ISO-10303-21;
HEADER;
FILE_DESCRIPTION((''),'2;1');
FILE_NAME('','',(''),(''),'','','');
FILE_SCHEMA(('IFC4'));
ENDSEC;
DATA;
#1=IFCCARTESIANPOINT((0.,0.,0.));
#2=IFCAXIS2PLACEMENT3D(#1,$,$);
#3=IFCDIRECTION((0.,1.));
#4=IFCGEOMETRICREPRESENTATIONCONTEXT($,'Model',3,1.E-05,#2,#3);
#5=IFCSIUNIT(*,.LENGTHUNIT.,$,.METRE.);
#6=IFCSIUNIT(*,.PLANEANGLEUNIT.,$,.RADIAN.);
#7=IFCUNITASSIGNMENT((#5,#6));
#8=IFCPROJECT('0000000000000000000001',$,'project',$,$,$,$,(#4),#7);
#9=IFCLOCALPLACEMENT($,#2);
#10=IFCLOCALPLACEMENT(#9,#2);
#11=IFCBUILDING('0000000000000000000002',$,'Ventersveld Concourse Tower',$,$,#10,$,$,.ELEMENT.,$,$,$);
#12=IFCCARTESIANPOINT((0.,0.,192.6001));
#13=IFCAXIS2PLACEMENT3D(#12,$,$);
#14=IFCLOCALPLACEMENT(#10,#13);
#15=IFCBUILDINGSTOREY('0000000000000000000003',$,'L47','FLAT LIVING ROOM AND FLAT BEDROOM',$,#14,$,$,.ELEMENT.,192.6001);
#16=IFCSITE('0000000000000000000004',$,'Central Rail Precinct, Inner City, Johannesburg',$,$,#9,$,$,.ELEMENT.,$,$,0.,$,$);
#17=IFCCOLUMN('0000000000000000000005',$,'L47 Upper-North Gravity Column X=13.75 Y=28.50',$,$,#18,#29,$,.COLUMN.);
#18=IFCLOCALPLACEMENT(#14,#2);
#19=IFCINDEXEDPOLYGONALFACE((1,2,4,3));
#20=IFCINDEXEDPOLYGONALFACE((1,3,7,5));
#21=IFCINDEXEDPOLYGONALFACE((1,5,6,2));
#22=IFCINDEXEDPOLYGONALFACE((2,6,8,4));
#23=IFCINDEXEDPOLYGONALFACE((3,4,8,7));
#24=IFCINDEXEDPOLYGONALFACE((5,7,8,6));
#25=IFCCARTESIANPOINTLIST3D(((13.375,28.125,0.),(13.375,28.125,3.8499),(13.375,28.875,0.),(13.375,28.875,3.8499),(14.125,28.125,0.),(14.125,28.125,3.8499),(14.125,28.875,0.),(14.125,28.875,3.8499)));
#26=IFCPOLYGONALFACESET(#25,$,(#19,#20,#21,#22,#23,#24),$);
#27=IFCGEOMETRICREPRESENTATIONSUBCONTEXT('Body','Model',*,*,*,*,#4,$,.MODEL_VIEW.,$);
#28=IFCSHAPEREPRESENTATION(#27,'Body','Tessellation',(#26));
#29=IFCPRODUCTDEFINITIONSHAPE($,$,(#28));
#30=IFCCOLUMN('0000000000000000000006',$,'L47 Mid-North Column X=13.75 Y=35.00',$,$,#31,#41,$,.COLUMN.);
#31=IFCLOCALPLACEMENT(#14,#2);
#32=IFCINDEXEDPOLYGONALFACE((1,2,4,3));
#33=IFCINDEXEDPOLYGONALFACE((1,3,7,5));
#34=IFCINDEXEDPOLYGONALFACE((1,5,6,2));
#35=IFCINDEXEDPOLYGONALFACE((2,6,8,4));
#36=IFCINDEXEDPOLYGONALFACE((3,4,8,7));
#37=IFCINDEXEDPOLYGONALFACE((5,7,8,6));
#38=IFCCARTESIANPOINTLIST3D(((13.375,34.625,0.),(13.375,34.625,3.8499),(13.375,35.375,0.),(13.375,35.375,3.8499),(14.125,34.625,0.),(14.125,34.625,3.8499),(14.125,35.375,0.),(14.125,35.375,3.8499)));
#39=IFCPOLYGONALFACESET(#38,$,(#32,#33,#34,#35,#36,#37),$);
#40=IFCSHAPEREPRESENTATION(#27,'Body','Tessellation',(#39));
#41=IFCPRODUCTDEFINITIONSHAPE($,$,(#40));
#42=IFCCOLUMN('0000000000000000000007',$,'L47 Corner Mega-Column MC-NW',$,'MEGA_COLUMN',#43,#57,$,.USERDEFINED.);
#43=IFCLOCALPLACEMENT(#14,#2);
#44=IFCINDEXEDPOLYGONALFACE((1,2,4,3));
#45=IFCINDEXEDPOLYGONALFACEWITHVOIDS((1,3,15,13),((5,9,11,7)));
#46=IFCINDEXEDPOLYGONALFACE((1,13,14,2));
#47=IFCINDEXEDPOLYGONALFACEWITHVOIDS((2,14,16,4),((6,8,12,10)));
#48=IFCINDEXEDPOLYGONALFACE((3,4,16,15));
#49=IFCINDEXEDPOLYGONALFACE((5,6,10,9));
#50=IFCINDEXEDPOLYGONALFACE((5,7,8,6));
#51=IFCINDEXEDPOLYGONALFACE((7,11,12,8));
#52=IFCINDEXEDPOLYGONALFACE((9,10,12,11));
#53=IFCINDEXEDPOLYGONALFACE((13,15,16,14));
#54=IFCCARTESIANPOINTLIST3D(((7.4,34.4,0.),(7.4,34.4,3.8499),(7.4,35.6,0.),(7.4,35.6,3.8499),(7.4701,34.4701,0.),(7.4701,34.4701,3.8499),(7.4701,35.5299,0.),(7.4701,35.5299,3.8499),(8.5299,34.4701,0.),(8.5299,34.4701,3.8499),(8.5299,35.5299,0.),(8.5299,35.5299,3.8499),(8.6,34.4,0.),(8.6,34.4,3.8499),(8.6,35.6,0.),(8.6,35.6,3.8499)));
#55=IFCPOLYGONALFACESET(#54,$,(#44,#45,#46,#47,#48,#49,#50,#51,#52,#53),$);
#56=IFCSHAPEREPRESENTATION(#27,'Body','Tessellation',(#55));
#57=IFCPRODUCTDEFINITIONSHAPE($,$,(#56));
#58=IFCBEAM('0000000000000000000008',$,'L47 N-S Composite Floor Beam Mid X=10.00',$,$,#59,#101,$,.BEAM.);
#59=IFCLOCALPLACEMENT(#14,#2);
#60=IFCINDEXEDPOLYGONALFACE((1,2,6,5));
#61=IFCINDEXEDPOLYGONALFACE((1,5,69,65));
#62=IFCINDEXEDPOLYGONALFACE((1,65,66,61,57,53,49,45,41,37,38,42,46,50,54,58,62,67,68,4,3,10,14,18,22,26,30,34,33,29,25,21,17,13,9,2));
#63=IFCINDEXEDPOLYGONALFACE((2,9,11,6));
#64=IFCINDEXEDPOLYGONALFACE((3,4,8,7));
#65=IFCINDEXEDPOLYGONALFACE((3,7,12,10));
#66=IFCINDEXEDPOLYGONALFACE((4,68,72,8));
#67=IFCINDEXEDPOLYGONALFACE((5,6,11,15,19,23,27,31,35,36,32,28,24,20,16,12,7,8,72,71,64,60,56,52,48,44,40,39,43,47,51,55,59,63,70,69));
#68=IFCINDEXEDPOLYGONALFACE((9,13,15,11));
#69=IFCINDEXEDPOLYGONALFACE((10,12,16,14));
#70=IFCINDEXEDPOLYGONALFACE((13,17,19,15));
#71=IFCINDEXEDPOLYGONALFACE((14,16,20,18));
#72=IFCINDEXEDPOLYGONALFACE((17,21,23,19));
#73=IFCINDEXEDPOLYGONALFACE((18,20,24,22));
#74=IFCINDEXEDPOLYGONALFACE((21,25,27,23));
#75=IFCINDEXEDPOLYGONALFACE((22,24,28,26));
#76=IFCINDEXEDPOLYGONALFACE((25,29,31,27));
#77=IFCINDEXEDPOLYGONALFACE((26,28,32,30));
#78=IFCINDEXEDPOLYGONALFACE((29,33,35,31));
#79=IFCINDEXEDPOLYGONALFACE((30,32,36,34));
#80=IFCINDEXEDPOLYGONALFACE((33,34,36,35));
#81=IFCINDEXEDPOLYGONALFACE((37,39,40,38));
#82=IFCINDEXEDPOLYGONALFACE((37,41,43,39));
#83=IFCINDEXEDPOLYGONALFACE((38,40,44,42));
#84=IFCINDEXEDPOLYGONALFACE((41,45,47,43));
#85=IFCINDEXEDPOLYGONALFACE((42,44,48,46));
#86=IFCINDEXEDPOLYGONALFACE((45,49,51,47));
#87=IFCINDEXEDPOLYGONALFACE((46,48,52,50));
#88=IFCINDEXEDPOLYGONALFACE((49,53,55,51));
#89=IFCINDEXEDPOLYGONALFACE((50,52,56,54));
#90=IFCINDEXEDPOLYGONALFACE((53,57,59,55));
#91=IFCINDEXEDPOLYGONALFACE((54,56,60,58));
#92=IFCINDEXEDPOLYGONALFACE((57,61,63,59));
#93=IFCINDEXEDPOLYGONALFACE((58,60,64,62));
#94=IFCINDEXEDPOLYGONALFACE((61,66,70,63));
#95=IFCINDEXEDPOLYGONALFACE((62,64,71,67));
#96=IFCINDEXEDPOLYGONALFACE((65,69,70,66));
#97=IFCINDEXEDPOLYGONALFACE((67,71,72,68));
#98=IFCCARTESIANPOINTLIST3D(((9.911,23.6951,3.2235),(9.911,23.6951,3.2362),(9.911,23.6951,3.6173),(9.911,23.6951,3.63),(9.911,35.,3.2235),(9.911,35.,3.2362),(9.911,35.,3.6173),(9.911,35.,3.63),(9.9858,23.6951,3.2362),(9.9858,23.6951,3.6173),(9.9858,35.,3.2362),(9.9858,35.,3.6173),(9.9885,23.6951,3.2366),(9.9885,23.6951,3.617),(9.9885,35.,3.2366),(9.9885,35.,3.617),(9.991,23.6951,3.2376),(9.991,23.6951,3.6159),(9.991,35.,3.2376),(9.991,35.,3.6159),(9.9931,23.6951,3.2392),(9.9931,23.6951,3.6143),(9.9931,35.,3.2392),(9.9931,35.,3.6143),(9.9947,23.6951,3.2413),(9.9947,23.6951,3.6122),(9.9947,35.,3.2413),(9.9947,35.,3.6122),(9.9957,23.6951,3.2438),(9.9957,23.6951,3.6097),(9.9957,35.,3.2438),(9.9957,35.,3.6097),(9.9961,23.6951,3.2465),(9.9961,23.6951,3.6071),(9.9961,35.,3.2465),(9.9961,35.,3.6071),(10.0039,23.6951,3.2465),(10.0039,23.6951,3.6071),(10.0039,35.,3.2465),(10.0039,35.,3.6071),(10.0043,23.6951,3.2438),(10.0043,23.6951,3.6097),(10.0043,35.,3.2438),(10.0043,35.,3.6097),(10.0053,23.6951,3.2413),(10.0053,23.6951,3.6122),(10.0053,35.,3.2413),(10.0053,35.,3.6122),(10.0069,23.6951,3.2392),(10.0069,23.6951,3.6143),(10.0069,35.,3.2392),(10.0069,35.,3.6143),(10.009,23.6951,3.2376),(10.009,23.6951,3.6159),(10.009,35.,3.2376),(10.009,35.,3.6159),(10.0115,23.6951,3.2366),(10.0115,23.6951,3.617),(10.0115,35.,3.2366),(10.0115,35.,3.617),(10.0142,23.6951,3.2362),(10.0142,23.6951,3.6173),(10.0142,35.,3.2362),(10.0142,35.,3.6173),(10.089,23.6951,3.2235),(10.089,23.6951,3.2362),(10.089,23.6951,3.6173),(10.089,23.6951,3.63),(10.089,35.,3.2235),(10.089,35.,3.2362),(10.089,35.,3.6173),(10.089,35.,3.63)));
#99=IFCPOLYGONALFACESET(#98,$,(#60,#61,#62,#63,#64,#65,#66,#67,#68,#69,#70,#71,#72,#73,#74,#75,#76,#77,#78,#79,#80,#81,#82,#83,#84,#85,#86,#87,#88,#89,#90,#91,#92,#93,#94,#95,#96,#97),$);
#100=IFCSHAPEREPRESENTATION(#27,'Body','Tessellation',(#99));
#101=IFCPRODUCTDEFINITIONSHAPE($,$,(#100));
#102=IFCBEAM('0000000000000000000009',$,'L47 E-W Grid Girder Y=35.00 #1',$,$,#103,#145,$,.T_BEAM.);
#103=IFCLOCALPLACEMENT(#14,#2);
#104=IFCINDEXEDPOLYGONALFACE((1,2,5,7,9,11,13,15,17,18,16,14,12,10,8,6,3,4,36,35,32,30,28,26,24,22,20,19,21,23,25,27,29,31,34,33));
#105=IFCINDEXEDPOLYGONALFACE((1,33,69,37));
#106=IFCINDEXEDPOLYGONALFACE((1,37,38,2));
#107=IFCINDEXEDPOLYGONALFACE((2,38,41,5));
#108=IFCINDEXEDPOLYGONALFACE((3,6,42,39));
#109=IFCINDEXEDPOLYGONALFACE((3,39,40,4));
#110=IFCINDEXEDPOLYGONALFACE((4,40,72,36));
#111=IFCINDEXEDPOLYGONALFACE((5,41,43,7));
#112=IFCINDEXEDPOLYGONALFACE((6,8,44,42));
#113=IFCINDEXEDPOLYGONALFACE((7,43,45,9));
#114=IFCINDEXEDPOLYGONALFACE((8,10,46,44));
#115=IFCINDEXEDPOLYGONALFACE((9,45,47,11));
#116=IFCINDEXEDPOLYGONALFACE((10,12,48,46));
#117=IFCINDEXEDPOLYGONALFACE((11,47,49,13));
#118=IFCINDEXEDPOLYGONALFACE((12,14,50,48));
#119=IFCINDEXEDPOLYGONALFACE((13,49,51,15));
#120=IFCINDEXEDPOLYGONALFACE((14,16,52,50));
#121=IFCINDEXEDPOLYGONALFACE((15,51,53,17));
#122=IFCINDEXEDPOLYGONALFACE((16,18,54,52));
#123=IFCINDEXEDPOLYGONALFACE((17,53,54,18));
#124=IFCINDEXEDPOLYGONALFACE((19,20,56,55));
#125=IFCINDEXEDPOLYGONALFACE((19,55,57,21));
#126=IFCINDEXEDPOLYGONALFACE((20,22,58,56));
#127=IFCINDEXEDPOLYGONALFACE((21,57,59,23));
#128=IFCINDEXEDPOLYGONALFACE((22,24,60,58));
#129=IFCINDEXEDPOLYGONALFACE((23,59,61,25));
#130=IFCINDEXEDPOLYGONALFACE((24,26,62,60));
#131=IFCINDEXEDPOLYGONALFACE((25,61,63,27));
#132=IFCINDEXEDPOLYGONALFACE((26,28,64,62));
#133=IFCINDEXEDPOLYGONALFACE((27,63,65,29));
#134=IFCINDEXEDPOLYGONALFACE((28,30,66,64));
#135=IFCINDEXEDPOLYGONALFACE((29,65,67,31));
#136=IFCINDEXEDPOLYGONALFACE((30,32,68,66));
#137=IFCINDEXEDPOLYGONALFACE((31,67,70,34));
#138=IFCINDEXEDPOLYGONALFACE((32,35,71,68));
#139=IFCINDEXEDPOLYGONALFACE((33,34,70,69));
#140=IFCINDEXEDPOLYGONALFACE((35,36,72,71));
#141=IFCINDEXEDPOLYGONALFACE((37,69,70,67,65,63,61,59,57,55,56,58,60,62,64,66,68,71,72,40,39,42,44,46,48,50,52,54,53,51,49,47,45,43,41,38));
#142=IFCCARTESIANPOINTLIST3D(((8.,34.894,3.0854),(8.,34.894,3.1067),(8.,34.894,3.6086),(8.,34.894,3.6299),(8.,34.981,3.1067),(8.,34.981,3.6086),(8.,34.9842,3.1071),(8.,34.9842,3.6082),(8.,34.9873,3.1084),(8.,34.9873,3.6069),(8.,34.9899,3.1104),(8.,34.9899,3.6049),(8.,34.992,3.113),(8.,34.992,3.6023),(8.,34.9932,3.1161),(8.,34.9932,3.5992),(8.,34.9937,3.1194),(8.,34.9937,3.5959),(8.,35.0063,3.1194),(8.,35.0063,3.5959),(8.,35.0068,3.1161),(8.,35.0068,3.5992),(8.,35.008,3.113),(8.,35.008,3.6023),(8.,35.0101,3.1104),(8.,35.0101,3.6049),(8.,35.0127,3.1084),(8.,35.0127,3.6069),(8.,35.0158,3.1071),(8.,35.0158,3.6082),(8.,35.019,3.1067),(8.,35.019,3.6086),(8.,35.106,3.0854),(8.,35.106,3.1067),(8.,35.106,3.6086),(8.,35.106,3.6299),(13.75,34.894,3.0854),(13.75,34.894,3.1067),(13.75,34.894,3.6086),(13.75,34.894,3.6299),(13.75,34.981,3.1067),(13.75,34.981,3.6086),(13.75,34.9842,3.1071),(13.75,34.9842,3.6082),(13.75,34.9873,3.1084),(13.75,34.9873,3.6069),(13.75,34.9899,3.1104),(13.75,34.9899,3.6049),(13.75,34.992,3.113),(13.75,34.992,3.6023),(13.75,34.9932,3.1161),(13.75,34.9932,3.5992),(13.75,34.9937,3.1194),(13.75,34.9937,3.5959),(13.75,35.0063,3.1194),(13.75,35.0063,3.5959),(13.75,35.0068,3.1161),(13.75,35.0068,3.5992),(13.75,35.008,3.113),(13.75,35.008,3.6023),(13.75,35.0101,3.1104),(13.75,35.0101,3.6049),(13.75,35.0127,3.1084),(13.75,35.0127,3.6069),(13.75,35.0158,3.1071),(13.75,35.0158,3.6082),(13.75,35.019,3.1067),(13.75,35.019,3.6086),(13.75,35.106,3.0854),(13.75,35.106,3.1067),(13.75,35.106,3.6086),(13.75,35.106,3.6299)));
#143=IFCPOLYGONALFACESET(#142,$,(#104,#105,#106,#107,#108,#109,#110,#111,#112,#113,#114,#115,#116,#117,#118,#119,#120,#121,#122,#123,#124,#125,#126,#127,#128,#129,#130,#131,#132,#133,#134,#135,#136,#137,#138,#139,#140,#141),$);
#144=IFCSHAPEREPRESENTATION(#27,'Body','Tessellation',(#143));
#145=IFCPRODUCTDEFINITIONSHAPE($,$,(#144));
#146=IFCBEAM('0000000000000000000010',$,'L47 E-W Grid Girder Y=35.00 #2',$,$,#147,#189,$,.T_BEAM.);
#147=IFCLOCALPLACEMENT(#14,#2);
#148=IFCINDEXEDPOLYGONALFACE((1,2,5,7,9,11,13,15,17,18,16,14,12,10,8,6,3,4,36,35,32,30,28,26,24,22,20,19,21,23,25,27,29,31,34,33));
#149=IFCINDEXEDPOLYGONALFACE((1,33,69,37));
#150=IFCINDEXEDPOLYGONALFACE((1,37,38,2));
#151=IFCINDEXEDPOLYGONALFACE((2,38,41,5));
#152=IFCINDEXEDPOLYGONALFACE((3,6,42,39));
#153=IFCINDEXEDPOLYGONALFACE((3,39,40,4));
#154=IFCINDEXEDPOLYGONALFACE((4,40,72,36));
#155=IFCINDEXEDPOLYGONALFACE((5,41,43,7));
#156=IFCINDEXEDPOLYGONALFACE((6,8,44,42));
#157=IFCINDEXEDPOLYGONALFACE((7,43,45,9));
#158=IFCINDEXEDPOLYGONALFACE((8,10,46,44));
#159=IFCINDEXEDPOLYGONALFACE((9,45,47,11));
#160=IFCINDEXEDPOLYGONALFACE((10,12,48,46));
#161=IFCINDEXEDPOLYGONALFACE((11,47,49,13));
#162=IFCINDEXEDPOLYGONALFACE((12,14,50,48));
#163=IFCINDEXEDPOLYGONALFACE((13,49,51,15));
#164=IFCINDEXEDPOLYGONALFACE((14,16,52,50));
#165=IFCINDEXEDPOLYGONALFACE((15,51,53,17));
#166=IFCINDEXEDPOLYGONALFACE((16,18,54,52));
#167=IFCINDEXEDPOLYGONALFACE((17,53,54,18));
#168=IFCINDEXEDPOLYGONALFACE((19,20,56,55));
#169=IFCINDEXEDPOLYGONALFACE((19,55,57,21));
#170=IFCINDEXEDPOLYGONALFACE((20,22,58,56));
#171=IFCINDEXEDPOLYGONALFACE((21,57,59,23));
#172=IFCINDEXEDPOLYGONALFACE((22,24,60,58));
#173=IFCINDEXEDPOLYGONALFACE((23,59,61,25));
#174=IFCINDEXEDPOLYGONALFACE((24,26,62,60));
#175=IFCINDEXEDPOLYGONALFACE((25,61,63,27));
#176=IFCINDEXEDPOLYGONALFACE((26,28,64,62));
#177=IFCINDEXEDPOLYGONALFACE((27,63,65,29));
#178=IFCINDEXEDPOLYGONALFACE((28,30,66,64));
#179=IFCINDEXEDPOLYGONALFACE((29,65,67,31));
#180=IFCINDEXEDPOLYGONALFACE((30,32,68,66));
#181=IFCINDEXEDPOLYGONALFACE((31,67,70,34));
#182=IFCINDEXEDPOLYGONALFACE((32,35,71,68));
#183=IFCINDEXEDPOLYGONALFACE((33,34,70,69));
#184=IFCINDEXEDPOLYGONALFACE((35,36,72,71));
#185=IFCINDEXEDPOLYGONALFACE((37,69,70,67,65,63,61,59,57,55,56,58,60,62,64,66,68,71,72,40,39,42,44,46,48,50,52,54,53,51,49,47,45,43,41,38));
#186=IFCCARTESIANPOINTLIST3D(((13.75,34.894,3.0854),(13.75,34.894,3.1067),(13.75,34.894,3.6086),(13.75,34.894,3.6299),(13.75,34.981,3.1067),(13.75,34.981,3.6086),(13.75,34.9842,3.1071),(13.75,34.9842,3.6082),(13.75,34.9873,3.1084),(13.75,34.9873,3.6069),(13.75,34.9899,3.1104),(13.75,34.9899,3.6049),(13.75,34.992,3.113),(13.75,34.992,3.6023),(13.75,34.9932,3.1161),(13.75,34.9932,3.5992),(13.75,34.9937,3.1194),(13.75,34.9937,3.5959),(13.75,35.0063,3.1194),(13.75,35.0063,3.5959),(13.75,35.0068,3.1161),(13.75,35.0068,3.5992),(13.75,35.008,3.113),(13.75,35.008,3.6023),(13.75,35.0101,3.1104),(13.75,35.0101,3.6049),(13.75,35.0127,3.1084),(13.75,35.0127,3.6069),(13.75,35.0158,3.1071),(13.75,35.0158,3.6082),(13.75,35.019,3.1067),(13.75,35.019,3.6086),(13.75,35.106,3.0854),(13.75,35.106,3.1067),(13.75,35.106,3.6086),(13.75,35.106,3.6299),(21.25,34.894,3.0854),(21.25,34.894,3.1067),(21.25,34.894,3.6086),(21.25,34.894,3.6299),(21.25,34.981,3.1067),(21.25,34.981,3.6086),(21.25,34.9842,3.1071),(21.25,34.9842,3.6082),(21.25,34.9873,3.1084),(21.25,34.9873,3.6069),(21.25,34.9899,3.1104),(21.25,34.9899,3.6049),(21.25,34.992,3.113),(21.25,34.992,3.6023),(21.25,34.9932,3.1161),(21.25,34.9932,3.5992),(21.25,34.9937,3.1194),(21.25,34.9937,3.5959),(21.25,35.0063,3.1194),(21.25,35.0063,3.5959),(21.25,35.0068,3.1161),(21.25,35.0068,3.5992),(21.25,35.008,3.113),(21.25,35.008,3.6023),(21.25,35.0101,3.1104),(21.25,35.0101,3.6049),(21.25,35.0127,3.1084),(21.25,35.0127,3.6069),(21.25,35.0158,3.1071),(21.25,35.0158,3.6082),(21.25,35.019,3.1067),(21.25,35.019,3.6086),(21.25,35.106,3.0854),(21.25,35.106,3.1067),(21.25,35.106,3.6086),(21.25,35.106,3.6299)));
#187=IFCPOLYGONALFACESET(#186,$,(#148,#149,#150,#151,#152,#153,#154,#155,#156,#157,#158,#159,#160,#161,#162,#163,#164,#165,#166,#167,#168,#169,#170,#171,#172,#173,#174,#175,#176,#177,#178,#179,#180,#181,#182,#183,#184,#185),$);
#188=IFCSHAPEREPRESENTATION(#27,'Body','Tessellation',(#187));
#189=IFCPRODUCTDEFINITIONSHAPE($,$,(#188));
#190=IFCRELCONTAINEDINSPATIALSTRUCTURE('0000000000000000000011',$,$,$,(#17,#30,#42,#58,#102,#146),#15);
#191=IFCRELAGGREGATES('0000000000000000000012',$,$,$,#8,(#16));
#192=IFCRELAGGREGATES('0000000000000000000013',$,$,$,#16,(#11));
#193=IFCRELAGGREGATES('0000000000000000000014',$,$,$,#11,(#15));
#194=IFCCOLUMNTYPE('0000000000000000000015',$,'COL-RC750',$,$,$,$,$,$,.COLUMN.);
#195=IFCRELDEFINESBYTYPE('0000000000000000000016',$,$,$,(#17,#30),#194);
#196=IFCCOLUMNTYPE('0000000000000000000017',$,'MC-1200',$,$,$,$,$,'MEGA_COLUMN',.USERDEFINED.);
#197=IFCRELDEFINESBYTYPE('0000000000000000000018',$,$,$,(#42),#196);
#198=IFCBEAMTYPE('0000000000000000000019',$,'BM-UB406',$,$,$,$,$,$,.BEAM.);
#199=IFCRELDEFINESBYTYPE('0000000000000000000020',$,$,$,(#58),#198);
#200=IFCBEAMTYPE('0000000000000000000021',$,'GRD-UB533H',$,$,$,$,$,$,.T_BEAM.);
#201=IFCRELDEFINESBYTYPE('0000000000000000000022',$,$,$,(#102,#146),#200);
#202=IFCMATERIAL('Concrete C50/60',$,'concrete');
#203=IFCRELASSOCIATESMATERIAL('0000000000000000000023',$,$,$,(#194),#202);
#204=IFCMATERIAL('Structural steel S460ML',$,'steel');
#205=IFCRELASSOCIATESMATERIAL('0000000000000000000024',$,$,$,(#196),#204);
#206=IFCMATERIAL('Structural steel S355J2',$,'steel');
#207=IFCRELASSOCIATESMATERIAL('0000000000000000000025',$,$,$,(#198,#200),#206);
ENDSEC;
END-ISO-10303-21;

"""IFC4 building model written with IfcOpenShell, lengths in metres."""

from ifc_helpers import new_model, si_unit, direction, frame, origin, origin_2d, place, context, subcontext, project, spatial, rectangle, hollow_rectangle, i_section, extrude, material, material_profile, profile_set, type_object, element, save


model = new_model("IFC4")

# Units and contexts
model_context = context("Model", 3, precision=1e-05, world=origin(), true_north=direction((0.0, 1.0)))
body_context = subcontext(model_context, "Body", "Model", "MODEL_VIEW")
ifc_project = project(units=[si_unit("LENGTHUNIT", "METRE"), si_unit("PLANEANGLEUNIT", "RADIAN")], contexts=[model_context])

# Site, building, storey
site_placement = place(None, origin())
site = spatial("IfcSite", under=ifc_project, at=site_placement, Name="Central Rail Precinct, Inner City, Johannesburg", CompositionType="ELEMENT", RefElevation=0.0)
building_placement = place(site_placement, origin())
building = spatial("IfcBuilding", under=site, at=building_placement, Name="Ventersveld Concourse Tower", CompositionType="ELEMENT")
storey_placement = place(building_placement, frame((0.0, 0.0, 192.6001)))
storey = spatial("IfcBuildingStorey", under=building, at=storey_placement, Name="L47", Description="FLAT LIVING ROOM AND FLAT BEDROOM", CompositionType="ELEMENT", Elevation=192.6001)

# Columns
ifc_material_1 = material(Name="Concrete C50/60", Category="concrete")
ifc_material_profile_1 = material_profile(ifc_material_1, rectangle(XDim=0.75, YDim=0.75, at=origin_2d()), Name="RC 750x750")
ifc_profile_set_1 = profile_set([ifc_material_profile_1], Name="Concrete C50/60")
column_type_1 = type_object("IfcColumnType", Name="COL-RC750", PredefinedType="COLUMN", material=ifc_profile_set_1)
for number, where, z_axis, x_axis, name in (
    (1, (13.75, 28.5, 0.0), (0.0, 0.0, 1.0), (1.0, 0.0, 0.0), "L47 Upper-North Gravity Column X=13.75 Y=28.50"),
    (2, (13.75, 35.0, 0.0), (0.0, 0.0, 1.0), (1.0, 0.0, 0.0), "L47 Mid-North Column X=13.75 Y=35.00"),
):
    element("IfcColumn", number, at=place(storey_placement, frame(where, z_axis=z_axis, x_axis=x_axis)), inside=storey, type_object=column_type_1, Name=name, PredefinedType="COLUMN", context=body_context, shape_type="SweptSolid", body=[
        extrude(rectangle(XDim=0.75, YDim=0.75, at=origin_2d()), origin(), (0.0, 0.0, 1.0), 3.8499),
    ])
ifc_material_2 = material(Name="Structural steel S460ML", Category="steel")
ifc_material_profile_2 = material_profile(ifc_material_2, hollow_rectangle(XDim=1.2, YDim=1.2, WallThickness=0.0701, at=origin_2d()), Name="BOX 1200x1200x70")
ifc_profile_set_2 = profile_set([ifc_material_profile_2], Name="Structural steel S460ML")
column_type_2 = type_object("IfcColumnType", Name="MC-1200", ElementType="MEGA_COLUMN", PredefinedType="USERDEFINED", material=ifc_profile_set_2)
column_placement = place(storey_placement, frame((8.0, 35.0, 0.0), z_axis=(0.0, 0.0, 1.0), x_axis=(1.0, 0.0, 0.0)))
element("IfcColumn", 3, at=column_placement, inside=storey, type_object=column_type_2, Name="L47 Corner Mega-Column MC-NW", ObjectType="MEGA_COLUMN", PredefinedType="USERDEFINED", context=body_context, shape_type="SweptSolid", body=[
    extrude(hollow_rectangle(XDim=1.2, YDim=1.2, WallThickness=0.0701, at=origin_2d()), origin(), (0.0, 0.0, 1.0), 3.8499),
])

# Beams
ifc_material_3 = material(Name="Structural steel S355J2", Category="steel")
ifc_material_profile_3 = material_profile(ifc_material_3, i_section(OverallWidth=0.178, OverallDepth=0.4065, WebThickness=0.0078, FlangeThickness=0.0127, FilletRadius=0.0103, at=origin_2d()), Name="UB 406x178x60")
ifc_profile_set_3 = profile_set([ifc_material_profile_3], Name="Structural steel S355J2")
beam_type_1 = type_object("IfcBeamType", Name="BM-UB406", PredefinedType="BEAM", material=ifc_profile_set_3)
beam_1_placement = place(storey_placement, frame((10.0, 23.6951, 3.4268), z_axis=(0.0, 1.0, 0.0), x_axis=(-1.0, 0.0, 0.0)))
element("IfcBeam", 4, at=beam_1_placement, inside=storey, type_object=beam_type_1, Name="L47 N-S Composite Floor Beam Mid X=10.00", PredefinedType="BEAM", context=body_context, shape_type="SweptSolid", body=[
    extrude(i_section(OverallWidth=0.178, OverallDepth=0.4065, WebThickness=0.0078, FlangeThickness=0.0127, FilletRadius=0.0103, at=origin_2d()), origin(), (0.0, 0.0, 1.0), 11.3049),
])
ifc_material_profile_4 = material_profile(ifc_material_3, i_section(OverallWidth=0.2119, OverallDepth=0.5444, WebThickness=0.0127, FlangeThickness=0.0212, FilletRadius=0.0127, at=origin_2d()), Name="UB 533x210x122")
ifc_profile_set_4 = profile_set([ifc_material_profile_4], Name="Structural steel S355J2")
beam_type_2 = type_object("IfcBeamType", Name="GRD-UB533H", PredefinedType="T_BEAM", material=ifc_profile_set_4)
beam_2_placement = place(storey_placement, frame((8.0, 35.0, 3.3577), z_axis=(1.0, 0.0, 0.0), x_axis=(0.0, 1.0, 0.0)))
element("IfcBeam", 5, at=beam_2_placement, inside=storey, type_object=beam_type_2, Name="L47 E-W Grid Girder Y=35.00 #1", PredefinedType="T_BEAM", context=body_context, shape_type="SweptSolid", body=[
    extrude(i_section(OverallWidth=0.2119, OverallDepth=0.5444, WebThickness=0.0127, FlangeThickness=0.0212, FilletRadius=0.0127, at=origin_2d()), origin(), (0.0, 0.0, 1.0), 5.75),
])
beam_3_placement = place(storey_placement, frame((13.75, 35.0, 3.3577), z_axis=(1.0, 0.0, 0.0), x_axis=(0.0, 1.0, 0.0)))
element("IfcBeam", 6, at=beam_3_placement, inside=storey, type_object=beam_type_2, Name="L47 E-W Grid Girder Y=35.00 #2", PredefinedType="T_BEAM", context=body_context, shape_type="SweptSolid", body=[
    extrude(i_section(OverallWidth=0.2119, OverallDepth=0.5444, WebThickness=0.0127, FlangeThickness=0.0212, FilletRadius=0.0127, at=origin_2d()), origin(), (0.0, 0.0, 1.0), 7.5),
])

save(model, "model.ifc")
